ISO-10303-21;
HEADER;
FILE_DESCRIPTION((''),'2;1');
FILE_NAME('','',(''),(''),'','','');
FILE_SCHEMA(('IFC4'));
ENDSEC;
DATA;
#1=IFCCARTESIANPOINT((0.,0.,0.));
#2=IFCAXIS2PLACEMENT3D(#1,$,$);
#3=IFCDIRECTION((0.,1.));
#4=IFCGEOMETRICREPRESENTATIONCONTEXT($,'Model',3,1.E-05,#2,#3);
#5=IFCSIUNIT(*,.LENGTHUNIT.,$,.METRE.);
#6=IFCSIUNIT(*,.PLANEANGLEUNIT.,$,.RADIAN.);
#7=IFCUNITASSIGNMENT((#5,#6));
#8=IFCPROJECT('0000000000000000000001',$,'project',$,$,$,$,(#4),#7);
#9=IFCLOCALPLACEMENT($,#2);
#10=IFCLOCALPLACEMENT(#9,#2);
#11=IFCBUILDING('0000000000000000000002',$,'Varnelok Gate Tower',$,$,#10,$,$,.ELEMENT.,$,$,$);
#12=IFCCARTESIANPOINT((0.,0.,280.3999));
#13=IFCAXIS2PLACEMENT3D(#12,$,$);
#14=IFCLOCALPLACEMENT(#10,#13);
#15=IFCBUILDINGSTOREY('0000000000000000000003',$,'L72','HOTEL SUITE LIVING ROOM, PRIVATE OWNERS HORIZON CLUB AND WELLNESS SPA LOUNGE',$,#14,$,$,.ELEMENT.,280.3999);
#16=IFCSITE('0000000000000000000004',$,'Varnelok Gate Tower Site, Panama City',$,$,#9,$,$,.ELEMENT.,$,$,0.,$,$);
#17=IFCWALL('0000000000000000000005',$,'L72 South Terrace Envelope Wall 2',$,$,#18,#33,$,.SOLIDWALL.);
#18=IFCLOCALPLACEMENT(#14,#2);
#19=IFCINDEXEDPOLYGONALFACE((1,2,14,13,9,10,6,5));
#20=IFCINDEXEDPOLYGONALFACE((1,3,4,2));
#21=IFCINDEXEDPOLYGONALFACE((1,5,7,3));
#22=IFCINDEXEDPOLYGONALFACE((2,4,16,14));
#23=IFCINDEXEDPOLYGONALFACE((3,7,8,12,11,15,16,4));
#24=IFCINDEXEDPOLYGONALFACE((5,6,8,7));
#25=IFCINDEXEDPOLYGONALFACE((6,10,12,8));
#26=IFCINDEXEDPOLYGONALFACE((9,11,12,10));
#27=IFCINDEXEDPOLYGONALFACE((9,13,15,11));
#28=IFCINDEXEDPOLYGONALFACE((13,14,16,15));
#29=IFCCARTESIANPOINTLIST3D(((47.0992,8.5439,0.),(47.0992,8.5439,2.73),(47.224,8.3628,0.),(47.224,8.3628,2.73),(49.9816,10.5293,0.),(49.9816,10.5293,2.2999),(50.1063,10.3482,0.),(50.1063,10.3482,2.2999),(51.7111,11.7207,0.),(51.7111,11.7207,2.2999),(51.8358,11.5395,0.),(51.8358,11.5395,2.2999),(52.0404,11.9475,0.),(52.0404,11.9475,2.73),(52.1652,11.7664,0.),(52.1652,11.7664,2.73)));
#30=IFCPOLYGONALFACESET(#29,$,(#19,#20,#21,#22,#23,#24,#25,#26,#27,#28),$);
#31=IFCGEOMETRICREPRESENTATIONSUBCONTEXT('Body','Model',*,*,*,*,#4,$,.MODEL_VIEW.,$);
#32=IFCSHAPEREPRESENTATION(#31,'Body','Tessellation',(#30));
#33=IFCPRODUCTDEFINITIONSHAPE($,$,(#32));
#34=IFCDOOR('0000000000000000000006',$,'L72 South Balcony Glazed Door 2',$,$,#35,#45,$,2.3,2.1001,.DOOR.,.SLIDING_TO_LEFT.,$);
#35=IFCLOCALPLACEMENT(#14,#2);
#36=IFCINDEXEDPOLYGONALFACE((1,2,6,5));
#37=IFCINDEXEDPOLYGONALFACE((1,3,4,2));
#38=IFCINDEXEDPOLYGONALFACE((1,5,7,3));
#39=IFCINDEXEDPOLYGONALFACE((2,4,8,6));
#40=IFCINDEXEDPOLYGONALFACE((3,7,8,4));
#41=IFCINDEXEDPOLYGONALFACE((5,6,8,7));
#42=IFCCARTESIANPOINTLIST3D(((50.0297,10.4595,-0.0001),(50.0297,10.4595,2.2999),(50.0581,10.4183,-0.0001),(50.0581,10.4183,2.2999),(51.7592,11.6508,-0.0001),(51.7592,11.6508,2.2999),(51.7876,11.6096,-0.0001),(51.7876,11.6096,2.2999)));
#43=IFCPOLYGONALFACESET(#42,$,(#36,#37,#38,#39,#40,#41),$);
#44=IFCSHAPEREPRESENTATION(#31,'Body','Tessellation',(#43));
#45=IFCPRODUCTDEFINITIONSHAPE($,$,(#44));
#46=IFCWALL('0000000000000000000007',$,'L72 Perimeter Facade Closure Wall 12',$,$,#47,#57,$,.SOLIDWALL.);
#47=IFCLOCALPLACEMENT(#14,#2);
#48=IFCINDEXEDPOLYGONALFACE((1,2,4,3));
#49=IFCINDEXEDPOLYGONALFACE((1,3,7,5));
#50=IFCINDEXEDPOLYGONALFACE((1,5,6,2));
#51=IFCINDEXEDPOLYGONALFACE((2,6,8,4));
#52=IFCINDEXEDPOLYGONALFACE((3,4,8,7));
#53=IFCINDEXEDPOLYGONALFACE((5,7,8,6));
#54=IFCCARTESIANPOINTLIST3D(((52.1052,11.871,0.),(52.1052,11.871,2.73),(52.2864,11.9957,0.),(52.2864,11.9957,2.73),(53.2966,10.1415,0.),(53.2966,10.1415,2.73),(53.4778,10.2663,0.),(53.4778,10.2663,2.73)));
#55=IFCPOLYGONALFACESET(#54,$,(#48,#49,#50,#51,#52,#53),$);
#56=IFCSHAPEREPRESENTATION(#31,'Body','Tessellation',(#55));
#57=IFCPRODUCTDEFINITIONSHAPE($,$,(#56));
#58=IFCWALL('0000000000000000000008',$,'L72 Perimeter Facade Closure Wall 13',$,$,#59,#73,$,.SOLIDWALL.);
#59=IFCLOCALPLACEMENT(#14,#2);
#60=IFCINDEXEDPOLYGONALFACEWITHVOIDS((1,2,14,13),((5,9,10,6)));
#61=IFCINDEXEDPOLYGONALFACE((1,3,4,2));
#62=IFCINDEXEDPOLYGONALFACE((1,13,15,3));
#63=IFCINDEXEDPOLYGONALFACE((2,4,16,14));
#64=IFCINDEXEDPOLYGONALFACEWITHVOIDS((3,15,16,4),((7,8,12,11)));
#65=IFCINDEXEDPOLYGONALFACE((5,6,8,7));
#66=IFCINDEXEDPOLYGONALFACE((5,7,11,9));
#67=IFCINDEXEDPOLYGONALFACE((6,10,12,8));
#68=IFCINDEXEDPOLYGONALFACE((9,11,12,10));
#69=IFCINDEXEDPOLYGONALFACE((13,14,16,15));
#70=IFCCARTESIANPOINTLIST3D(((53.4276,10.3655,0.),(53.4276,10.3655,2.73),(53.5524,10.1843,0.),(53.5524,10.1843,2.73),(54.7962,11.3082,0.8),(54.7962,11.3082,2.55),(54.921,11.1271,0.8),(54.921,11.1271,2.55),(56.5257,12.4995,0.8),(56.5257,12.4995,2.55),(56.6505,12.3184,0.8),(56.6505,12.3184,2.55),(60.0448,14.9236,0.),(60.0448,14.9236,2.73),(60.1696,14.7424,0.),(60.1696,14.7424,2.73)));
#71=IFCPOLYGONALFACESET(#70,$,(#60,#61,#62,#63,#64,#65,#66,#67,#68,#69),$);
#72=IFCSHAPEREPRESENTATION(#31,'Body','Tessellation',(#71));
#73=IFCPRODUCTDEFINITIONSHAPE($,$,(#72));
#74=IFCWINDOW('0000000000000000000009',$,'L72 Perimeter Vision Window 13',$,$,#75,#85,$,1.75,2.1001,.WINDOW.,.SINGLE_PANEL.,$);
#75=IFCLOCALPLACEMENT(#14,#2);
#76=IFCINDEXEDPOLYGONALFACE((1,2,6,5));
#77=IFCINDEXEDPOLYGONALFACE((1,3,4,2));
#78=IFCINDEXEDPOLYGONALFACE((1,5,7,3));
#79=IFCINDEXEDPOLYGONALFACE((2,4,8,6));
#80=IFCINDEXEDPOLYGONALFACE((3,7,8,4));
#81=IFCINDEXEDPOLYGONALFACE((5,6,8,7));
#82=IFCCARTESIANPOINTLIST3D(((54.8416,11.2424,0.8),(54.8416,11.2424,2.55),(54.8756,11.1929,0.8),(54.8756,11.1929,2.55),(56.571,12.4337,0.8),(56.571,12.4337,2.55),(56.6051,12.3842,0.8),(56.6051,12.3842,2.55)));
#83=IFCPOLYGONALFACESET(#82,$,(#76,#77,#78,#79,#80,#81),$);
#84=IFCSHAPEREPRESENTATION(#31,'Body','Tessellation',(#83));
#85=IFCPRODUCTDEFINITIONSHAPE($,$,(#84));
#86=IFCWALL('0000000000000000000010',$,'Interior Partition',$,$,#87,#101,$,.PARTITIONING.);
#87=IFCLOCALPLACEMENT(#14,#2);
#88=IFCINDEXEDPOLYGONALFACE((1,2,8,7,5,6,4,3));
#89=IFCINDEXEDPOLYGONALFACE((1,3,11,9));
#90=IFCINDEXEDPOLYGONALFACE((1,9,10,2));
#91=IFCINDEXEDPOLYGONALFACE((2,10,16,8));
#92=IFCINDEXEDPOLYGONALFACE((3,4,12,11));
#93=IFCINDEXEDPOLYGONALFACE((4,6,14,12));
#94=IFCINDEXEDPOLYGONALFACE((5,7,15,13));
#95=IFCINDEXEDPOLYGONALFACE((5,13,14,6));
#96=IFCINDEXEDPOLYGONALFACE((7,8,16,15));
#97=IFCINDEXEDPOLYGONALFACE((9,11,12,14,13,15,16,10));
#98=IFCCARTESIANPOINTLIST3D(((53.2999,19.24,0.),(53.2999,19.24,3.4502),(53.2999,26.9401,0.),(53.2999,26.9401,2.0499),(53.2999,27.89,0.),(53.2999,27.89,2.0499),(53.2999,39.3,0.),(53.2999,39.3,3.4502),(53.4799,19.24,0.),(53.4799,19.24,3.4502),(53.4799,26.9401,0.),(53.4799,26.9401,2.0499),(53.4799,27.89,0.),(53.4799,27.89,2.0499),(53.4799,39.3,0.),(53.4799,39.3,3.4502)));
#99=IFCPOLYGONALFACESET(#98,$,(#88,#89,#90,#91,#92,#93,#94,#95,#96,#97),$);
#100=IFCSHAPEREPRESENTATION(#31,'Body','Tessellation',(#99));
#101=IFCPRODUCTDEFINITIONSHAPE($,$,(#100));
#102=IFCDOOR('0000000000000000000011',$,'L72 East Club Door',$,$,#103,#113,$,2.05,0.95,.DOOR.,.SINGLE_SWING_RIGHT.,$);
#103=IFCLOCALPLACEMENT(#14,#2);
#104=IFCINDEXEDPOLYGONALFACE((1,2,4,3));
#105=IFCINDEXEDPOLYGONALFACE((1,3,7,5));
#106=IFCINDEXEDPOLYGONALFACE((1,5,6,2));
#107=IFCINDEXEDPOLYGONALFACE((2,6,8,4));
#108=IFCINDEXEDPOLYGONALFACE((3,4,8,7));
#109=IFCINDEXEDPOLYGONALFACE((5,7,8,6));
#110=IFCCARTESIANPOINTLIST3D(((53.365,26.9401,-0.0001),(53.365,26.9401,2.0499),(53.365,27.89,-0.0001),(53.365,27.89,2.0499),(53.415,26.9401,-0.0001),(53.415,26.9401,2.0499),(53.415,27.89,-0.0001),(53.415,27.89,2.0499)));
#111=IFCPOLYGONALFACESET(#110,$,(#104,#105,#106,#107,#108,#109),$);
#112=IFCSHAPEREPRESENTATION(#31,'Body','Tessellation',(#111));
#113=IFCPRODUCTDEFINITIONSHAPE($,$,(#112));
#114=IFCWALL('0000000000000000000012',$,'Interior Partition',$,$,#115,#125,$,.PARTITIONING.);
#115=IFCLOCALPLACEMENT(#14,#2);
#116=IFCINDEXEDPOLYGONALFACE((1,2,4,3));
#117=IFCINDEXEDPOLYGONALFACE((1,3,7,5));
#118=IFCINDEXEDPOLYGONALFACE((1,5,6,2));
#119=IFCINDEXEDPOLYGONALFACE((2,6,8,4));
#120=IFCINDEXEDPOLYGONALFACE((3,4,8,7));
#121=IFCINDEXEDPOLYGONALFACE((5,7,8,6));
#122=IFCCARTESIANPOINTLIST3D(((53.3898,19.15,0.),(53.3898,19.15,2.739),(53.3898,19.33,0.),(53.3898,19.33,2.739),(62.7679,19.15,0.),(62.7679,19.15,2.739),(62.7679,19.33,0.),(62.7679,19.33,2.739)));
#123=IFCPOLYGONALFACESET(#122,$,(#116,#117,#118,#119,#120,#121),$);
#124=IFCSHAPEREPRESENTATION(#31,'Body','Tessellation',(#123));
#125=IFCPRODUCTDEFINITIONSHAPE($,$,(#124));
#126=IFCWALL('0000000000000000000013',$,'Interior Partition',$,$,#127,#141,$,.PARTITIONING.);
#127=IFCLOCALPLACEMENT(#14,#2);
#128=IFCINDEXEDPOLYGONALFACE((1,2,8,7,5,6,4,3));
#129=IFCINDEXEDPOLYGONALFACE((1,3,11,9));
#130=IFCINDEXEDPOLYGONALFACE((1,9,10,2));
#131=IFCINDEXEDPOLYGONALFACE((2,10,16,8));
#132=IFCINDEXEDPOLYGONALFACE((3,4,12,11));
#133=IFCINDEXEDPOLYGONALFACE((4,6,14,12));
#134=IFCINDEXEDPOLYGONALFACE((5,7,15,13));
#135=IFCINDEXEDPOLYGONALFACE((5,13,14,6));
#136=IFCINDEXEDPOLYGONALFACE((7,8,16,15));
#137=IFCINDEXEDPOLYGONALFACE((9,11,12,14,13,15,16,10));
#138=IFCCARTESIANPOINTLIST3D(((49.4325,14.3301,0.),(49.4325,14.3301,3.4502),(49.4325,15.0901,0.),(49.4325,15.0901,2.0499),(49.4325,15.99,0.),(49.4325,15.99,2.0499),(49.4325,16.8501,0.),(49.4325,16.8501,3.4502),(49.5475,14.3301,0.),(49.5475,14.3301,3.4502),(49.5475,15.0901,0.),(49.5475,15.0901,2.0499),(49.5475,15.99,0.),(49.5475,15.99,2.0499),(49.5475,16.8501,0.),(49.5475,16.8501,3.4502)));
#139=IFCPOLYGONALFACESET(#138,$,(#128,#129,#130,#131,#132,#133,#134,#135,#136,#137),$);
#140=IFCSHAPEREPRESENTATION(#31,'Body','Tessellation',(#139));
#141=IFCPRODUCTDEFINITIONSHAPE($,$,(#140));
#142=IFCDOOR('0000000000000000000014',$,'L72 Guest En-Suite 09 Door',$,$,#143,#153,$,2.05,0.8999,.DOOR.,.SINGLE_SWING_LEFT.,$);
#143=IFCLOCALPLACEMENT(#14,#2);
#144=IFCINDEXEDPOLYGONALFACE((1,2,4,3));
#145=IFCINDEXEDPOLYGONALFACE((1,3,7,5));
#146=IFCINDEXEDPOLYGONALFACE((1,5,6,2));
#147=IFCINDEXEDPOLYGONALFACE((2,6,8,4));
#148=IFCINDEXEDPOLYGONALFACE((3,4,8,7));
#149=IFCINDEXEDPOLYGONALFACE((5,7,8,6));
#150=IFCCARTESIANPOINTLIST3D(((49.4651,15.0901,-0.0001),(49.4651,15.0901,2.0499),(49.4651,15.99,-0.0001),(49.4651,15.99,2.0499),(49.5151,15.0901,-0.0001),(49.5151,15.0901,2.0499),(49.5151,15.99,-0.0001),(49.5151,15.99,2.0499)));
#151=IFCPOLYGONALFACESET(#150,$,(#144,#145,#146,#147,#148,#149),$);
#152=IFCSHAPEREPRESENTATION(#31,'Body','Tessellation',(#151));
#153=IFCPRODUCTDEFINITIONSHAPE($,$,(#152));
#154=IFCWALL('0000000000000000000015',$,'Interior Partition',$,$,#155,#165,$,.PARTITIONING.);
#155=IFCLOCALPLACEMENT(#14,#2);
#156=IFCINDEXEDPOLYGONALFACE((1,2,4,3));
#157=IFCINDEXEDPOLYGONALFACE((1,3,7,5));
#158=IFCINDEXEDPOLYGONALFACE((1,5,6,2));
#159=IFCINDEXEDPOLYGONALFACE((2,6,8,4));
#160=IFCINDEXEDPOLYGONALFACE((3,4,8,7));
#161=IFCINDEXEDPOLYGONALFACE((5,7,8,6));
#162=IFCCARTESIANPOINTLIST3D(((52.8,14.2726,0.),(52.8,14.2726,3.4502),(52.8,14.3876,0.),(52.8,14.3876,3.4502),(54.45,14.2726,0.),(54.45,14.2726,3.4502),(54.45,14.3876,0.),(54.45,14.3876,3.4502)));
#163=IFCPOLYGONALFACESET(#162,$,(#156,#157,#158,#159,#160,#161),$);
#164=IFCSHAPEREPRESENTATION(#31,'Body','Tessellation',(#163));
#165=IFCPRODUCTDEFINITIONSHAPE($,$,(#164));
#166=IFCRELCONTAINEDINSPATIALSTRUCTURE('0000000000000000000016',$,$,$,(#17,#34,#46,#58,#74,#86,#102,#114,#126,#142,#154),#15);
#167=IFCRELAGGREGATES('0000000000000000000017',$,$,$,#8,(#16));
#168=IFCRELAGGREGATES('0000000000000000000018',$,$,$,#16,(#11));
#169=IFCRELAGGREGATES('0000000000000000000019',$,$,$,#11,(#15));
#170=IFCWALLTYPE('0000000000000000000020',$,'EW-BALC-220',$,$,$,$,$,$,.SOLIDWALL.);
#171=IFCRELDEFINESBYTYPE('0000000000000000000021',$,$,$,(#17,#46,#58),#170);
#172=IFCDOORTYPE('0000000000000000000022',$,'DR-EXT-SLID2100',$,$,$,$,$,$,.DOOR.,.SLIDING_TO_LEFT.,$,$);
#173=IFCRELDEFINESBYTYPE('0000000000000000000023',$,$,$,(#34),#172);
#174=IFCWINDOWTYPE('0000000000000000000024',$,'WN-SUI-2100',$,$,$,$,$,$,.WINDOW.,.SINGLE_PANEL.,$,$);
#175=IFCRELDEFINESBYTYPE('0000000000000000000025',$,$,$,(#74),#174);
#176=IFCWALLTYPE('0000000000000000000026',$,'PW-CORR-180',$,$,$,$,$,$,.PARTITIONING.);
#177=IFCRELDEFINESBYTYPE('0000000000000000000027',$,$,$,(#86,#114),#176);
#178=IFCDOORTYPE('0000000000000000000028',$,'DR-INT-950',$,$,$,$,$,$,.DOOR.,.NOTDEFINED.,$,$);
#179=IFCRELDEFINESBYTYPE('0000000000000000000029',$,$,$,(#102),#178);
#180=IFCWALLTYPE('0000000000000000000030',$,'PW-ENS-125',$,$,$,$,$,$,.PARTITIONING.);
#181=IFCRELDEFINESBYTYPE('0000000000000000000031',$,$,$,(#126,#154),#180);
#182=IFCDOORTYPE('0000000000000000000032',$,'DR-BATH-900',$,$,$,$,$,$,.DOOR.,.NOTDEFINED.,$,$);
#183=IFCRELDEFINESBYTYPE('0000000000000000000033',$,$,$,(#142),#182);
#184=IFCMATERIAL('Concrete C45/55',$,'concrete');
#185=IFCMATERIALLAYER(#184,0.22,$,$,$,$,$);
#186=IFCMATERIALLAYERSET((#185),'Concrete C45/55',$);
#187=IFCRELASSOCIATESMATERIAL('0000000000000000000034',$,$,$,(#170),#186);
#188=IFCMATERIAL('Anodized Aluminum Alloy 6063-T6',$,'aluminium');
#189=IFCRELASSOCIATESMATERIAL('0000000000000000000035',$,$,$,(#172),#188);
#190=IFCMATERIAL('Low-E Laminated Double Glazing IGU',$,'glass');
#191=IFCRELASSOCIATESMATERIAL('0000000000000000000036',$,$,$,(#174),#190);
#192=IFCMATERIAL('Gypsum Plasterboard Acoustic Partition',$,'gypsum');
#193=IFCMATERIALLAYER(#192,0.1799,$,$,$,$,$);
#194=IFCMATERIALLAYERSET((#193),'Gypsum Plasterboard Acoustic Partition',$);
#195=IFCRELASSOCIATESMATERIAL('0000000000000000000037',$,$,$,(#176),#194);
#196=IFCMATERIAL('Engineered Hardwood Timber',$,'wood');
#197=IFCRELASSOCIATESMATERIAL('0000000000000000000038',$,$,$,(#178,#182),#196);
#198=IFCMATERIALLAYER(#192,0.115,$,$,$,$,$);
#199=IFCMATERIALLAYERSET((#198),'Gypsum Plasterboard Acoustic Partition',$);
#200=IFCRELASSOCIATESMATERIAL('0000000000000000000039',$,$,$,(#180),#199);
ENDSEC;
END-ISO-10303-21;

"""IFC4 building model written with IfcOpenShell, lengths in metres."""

from ifc_helpers import new_model, si_unit, direction, frame, frame_2d, origin, place, context, subcontext, project, spatial, rectangle, extrude, material, layer, layer_set, type_object, element, fill, save


model = new_model("IFC4")

# Units and contexts
model_context = context("Model", 3, precision=1e-05, world=origin(), true_north=direction((0.0, 1.0)))
body_context = subcontext(model_context, "Body", "Model", "MODEL_VIEW")
ifc_project = project(units=[si_unit("LENGTHUNIT", "METRE"), si_unit("PLANEANGLEUNIT", "RADIAN")], contexts=[model_context])

# Site, building, storey
site_placement = place(None, origin())
site = spatial("IfcSite", under=ifc_project, at=site_placement, Name="Varnelok Gate Tower Site, Panama City", CompositionType="ELEMENT", RefElevation=0.0)
building_placement = place(site_placement, origin())
building = spatial("IfcBuilding", under=site, at=building_placement, Name="Varnelok Gate Tower", CompositionType="ELEMENT")
storey_placement = place(building_placement, frame((0.0, 0.0, 280.3999)))
storey = spatial("IfcBuildingStorey", under=building, at=storey_placement, Name="L72", Description="HOTEL SUITE LIVING ROOM, PRIVATE OWNERS HORIZON CLUB AND WELLNESS SPA LOUNGE", CompositionType="ELEMENT", Elevation=280.3999)

# Wall, opening, door
ifc_material_1 = material(Name="Concrete C45/55", Category="concrete")
ifc_layer_1 = layer(ifc_material_1, 0.22)
ifc_layer_set_1 = layer_set([ifc_layer_1], Name="Concrete C45/55")
wall_type_1 = type_object("IfcWallType", Name="EW-BALC-220", PredefinedType="SOLIDWALL", material=ifc_layer_set_1)
wall_1_placement = place(storey_placement, frame((52.1028, 11.8569, 0.0), z_axis=(0.0, 0.0, 1.0), x_axis=(-0.823535, -0.567266, 0.0)))
wall_1 = element("IfcWall", 1, at=wall_1_placement, inside=storey, type_object=wall_type_1, Name="L72 South Terrace Envelope Wall 2", PredefinedType="SOLIDWALL", context=body_context, shape_type="SweptSolid", body=[
    extrude(rectangle(XDim=6.0, YDim=0.22, at=frame_2d((3.0, 0.0))), origin(), (0.0, 0.0, 1.0), 2.73),
])
opening_1_placement = place(wall_1_placement, frame((0.3999, 0.0, 0.0)))
opening_1 = element("IfcOpeningElement", 2, at=opening_1_placement, cuts=wall_1, PredefinedType="OPENING", context=body_context, shape_type="SweptSolid", body=[
    extrude(rectangle(XDim=2.1001, YDim=2.3, at=frame_2d((1.05, 1.1499))), frame((0.0, 0.1199, 0.0), z_axis=(0.0, -1.0, 0.0), x_axis=(1.0, 0.0, 0.0)), (0.0, 0.0, 1.0), 0.24),
])
ifc_material_2 = material(Name="Anodized Aluminum Alloy 6063-T6", Category="aluminium")
door_type_1 = type_object("IfcDoorType", Name="DR-EXT-SLID2100", OperationType="SLIDING_TO_LEFT", PredefinedType="DOOR", material=ifc_material_2)
door_1_placement = place(opening_1_placement, origin())
door_1 = element("IfcDoor", 3, at=door_1_placement, inside=storey, type_object=door_type_1, Name="L72 South Balcony Glazed Door 2", OperationType="SLIDING_TO_LEFT", OverallHeight=2.3, OverallWidth=2.1001, PredefinedType="DOOR", context=body_context, shape_type="SweptSolid", body=[
    extrude(rectangle(XDim=2.1001, YDim=2.3, at=frame_2d((1.05, 1.1499))), frame((0.0, 0.0249, 0.0), z_axis=(0.0, -1.0, 0.0), x_axis=(1.0, 0.0, 0.0)), (0.0, 0.0, 1.0), 0.05),
])
fill(opening_1, door_1)

# Wall
wall_2_placement = place(storey_placement, frame((52.1958, 11.9333, 0.0), z_axis=(0.0, 0.0, 1.0), x_axis=(0.567298, -0.823512, 0.0)))
element("IfcWall", 4, at=wall_2_placement, inside=storey, type_object=wall_type_1, Name="L72 Perimeter Facade Closure Wall 12", PredefinedType="SOLIDWALL", context=body_context, shape_type="SweptSolid", body=[
    extrude(rectangle(XDim=2.1001, YDim=0.22, at=frame_2d((1.05, 0.0))), origin(), (0.0, 0.0, 1.0), 2.73),
])

# Wall, opening, window
wall_3_placement = place(storey_placement, frame((53.49, 10.2749, 0.0), z_axis=(0.0, 0.0, 1.0), x_axis=(0.823531, 0.567271, 0.0)))
wall_3 = element("IfcWall", 5, at=wall_3_placement, inside=storey, type_object=wall_type_1, Name="L72 Perimeter Facade Closure Wall 13", PredefinedType="SOLIDWALL", context=body_context, shape_type="SweptSolid", body=[
    extrude(rectangle(XDim=8.0352, YDim=0.22, at=frame_2d((4.0176, 0.0))), origin(), (0.0, 0.0, 1.0), 2.73),
])
opening_2_placement = place(wall_3_placement, frame((1.6619, 0.0, 0.8)))
opening_2 = element("IfcOpeningElement", 6, at=opening_2_placement, cuts=wall_3, PredefinedType="OPENING", context=body_context, shape_type="SweptSolid", body=[
    extrude(rectangle(XDim=2.1001, YDim=1.75, at=frame_2d((1.05, 0.875))), frame((0.0, 0.1199, 0.0), z_axis=(0.0, -1.0, 0.0), x_axis=(1.0, 0.0, 0.0)), (0.0, 0.0, 1.0), 0.24),
])
ifc_material_3 = material(Name="Low-E Laminated Double Glazing IGU", Category="glass")
window_type = type_object("IfcWindowType", Name="WN-SUI-2100", PartitioningType="SINGLE_PANEL", PredefinedType="WINDOW", material=ifc_material_3)
window_placement = place(opening_2_placement, origin())
window = element("IfcWindow", 7, at=window_placement, inside=storey, type_object=window_type, Name="L72 Perimeter Vision Window 13", OverallHeight=1.75, OverallWidth=2.1001, PartitioningType="SINGLE_PANEL", PredefinedType="WINDOW", context=body_context, shape_type="SweptSolid", body=[
    extrude(rectangle(XDim=2.1001, YDim=1.75, at=frame_2d((1.05, 0.875))), frame((0.0, 0.03, 0.0), z_axis=(0.0, -1.0, 0.0), x_axis=(1.0, 0.0, 0.0)), (0.0, 0.0, 1.0), 0.0601),
])
fill(opening_2, window)

# Wall, opening, door
ifc_material_4 = material(Name="Gypsum Plasterboard Acoustic Partition", Category="gypsum")
ifc_layer_2 = layer(ifc_material_4, 0.1799)
ifc_layer_set_2 = layer_set([ifc_layer_2], Name="Gypsum Plasterboard Acoustic Partition")
wall_type_2 = type_object("IfcWallType", Name="PW-CORR-180", PredefinedType="PARTITIONING", material=ifc_layer_set_2)
ifc_material_5 = material(Name="Engineered Hardwood Timber", Category="wood")
wall_4_placement = place(storey_placement, frame((53.3899, 19.24, 0.0), z_axis=(0.0, 0.0, 1.0), x_axis=(0.0, 1.0, 0.0)))
wall_4 = element("IfcWall", 8, at=wall_4_placement, inside=storey, type_object=wall_type_2, Name="Interior Partition", PredefinedType="PARTITIONING", context=body_context, shape_type="SweptSolid", body=[
    extrude(rectangle(XDim=20.0601, YDim=0.1799, at=frame_2d((10.03, 0.0))), origin(), (0.0, 0.0, 1.0), 3.4502),
])
opening_3_placement = place(wall_4_placement, frame((7.7, 0.0, 0.0)))
opening_3 = element("IfcOpeningElement", 9, at=opening_3_placement, cuts=wall_4, PredefinedType="OPENING", context=body_context, shape_type="SweptSolid", body=[
    extrude(rectangle(XDim=0.95, YDim=2.05, at=frame_2d((0.4751, 1.0249))), frame((0.0, 0.0999, 0.0), z_axis=(0.0, -1.0, 0.0), x_axis=(1.0, 0.0, 0.0)), (0.0, 0.0, 1.0), 0.2),
])
door_type_2 = type_object("IfcDoorType", Name="DR-INT-950", OperationType="NOTDEFINED", PredefinedType="DOOR", material=ifc_material_5)
door_2_placement = place(opening_3_placement, origin())
door_2 = element("IfcDoor", 10, at=door_2_placement, inside=storey, type_object=door_type_2, Name="L72 East Club Door", OperationType="SINGLE_SWING_RIGHT", OverallHeight=2.05, OverallWidth=0.95, PredefinedType="DOOR", context=body_context, shape_type="SweptSolid", body=[
    extrude(rectangle(XDim=0.95, YDim=2.05, at=frame_2d((0.4751, 1.0249))), frame((0.0, 0.0249, 0.0), z_axis=(0.0, -1.0, 0.0), x_axis=(1.0, 0.0, 0.0)), (0.0, 0.0, 1.0), 0.05),
])
fill(opening_3, door_2)

# Wall
wall_5_placement = place(storey_placement, frame((53.3899, 19.24, 0.0), z_axis=(0.0, 0.0, 1.0), x_axis=(1.0, 0.0, 0.0)))
element("IfcWall", 11, at=wall_5_placement, inside=storey, type_object=wall_type_2, Name="Interior Partition", PredefinedType="PARTITIONING", context=body_context, shape_type="SweptSolid", body=[
    extrude(rectangle(XDim=9.3782, YDim=0.1799, at=frame_2d((4.689, 0.0))), origin(), (0.0, 0.0, 1.0), 2.739),
])

# Wall, opening, door
ifc_layer_3 = layer(ifc_material_4, 0.115)
ifc_layer_set_3 = layer_set([ifc_layer_3], Name="Gypsum Plasterboard Acoustic Partition")
wall_type_3 = type_object("IfcWallType", Name="PW-ENS-125", PredefinedType="PARTITIONING", material=ifc_layer_set_3)
wall_6_placement = place(storey_placement, frame((49.49, 14.3301, 0.0), z_axis=(0.0, 0.0, 1.0), x_axis=(0.0, 1.0, 0.0)))
wall_6 = element("IfcWall", 12, at=wall_6_placement, inside=storey, type_object=wall_type_3, Name="Interior Partition", PredefinedType="PARTITIONING", context=body_context, shape_type="SweptSolid", body=[
    extrude(rectangle(XDim=2.52, YDim=0.115, at=frame_2d((1.26, 0.0))), origin(), (0.0, 0.0, 1.0), 3.4502),
])
opening_4_placement = place(wall_6_placement, frame((0.76, 0.0, 0.0)))
opening_4 = element("IfcOpeningElement", 13, at=opening_4_placement, cuts=wall_6, PredefinedType="OPENING", context=body_context, shape_type="SweptSolid", body=[
    extrude(rectangle(XDim=0.8999, YDim=2.05, at=frame_2d((0.45, 1.0249))), frame((0.0, 0.0674, 0.0), z_axis=(0.0, -1.0, 0.0), x_axis=(1.0, 0.0, 0.0)), (0.0, 0.0, 1.0), 0.135),
])
door_type_3 = type_object("IfcDoorType", Name="DR-BATH-900", OperationType="NOTDEFINED", PredefinedType="DOOR", material=ifc_material_5)
door_3_placement = place(opening_4_placement, origin())
door_3 = element("IfcDoor", 14, at=door_3_placement, inside=storey, type_object=door_type_3, Name="L72 Guest En-Suite 09 Door", OperationType="SINGLE_SWING_LEFT", OverallHeight=2.05, OverallWidth=0.8999, PredefinedType="DOOR", context=body_context, shape_type="SweptSolid", body=[
    extrude(rectangle(XDim=0.8999, YDim=2.05, at=frame_2d((0.45, 1.0249))), frame((0.0, 0.0249, 0.0), z_axis=(0.0, -1.0, 0.0), x_axis=(1.0, 0.0, 0.0)), (0.0, 0.0, 1.0), 0.05),
])
fill(opening_4, door_3)

# Wall
wall_7_placement = place(storey_placement, frame((52.8, 14.3301, 0.0), z_axis=(0.0, 0.0, 1.0), x_axis=(1.0, 0.0, 0.0)))
element("IfcWall", 15, at=wall_7_placement, inside=storey, type_object=wall_type_3, Name="Interior Partition", PredefinedType="PARTITIONING", context=body_context, shape_type="SweptSolid", body=[
    extrude(rectangle(XDim=1.6499, YDim=0.115, at=frame_2d((0.825, 0.0))), origin(), (0.0, 0.0, 1.0), 3.4502),
])

save(model, "model.ifc")
